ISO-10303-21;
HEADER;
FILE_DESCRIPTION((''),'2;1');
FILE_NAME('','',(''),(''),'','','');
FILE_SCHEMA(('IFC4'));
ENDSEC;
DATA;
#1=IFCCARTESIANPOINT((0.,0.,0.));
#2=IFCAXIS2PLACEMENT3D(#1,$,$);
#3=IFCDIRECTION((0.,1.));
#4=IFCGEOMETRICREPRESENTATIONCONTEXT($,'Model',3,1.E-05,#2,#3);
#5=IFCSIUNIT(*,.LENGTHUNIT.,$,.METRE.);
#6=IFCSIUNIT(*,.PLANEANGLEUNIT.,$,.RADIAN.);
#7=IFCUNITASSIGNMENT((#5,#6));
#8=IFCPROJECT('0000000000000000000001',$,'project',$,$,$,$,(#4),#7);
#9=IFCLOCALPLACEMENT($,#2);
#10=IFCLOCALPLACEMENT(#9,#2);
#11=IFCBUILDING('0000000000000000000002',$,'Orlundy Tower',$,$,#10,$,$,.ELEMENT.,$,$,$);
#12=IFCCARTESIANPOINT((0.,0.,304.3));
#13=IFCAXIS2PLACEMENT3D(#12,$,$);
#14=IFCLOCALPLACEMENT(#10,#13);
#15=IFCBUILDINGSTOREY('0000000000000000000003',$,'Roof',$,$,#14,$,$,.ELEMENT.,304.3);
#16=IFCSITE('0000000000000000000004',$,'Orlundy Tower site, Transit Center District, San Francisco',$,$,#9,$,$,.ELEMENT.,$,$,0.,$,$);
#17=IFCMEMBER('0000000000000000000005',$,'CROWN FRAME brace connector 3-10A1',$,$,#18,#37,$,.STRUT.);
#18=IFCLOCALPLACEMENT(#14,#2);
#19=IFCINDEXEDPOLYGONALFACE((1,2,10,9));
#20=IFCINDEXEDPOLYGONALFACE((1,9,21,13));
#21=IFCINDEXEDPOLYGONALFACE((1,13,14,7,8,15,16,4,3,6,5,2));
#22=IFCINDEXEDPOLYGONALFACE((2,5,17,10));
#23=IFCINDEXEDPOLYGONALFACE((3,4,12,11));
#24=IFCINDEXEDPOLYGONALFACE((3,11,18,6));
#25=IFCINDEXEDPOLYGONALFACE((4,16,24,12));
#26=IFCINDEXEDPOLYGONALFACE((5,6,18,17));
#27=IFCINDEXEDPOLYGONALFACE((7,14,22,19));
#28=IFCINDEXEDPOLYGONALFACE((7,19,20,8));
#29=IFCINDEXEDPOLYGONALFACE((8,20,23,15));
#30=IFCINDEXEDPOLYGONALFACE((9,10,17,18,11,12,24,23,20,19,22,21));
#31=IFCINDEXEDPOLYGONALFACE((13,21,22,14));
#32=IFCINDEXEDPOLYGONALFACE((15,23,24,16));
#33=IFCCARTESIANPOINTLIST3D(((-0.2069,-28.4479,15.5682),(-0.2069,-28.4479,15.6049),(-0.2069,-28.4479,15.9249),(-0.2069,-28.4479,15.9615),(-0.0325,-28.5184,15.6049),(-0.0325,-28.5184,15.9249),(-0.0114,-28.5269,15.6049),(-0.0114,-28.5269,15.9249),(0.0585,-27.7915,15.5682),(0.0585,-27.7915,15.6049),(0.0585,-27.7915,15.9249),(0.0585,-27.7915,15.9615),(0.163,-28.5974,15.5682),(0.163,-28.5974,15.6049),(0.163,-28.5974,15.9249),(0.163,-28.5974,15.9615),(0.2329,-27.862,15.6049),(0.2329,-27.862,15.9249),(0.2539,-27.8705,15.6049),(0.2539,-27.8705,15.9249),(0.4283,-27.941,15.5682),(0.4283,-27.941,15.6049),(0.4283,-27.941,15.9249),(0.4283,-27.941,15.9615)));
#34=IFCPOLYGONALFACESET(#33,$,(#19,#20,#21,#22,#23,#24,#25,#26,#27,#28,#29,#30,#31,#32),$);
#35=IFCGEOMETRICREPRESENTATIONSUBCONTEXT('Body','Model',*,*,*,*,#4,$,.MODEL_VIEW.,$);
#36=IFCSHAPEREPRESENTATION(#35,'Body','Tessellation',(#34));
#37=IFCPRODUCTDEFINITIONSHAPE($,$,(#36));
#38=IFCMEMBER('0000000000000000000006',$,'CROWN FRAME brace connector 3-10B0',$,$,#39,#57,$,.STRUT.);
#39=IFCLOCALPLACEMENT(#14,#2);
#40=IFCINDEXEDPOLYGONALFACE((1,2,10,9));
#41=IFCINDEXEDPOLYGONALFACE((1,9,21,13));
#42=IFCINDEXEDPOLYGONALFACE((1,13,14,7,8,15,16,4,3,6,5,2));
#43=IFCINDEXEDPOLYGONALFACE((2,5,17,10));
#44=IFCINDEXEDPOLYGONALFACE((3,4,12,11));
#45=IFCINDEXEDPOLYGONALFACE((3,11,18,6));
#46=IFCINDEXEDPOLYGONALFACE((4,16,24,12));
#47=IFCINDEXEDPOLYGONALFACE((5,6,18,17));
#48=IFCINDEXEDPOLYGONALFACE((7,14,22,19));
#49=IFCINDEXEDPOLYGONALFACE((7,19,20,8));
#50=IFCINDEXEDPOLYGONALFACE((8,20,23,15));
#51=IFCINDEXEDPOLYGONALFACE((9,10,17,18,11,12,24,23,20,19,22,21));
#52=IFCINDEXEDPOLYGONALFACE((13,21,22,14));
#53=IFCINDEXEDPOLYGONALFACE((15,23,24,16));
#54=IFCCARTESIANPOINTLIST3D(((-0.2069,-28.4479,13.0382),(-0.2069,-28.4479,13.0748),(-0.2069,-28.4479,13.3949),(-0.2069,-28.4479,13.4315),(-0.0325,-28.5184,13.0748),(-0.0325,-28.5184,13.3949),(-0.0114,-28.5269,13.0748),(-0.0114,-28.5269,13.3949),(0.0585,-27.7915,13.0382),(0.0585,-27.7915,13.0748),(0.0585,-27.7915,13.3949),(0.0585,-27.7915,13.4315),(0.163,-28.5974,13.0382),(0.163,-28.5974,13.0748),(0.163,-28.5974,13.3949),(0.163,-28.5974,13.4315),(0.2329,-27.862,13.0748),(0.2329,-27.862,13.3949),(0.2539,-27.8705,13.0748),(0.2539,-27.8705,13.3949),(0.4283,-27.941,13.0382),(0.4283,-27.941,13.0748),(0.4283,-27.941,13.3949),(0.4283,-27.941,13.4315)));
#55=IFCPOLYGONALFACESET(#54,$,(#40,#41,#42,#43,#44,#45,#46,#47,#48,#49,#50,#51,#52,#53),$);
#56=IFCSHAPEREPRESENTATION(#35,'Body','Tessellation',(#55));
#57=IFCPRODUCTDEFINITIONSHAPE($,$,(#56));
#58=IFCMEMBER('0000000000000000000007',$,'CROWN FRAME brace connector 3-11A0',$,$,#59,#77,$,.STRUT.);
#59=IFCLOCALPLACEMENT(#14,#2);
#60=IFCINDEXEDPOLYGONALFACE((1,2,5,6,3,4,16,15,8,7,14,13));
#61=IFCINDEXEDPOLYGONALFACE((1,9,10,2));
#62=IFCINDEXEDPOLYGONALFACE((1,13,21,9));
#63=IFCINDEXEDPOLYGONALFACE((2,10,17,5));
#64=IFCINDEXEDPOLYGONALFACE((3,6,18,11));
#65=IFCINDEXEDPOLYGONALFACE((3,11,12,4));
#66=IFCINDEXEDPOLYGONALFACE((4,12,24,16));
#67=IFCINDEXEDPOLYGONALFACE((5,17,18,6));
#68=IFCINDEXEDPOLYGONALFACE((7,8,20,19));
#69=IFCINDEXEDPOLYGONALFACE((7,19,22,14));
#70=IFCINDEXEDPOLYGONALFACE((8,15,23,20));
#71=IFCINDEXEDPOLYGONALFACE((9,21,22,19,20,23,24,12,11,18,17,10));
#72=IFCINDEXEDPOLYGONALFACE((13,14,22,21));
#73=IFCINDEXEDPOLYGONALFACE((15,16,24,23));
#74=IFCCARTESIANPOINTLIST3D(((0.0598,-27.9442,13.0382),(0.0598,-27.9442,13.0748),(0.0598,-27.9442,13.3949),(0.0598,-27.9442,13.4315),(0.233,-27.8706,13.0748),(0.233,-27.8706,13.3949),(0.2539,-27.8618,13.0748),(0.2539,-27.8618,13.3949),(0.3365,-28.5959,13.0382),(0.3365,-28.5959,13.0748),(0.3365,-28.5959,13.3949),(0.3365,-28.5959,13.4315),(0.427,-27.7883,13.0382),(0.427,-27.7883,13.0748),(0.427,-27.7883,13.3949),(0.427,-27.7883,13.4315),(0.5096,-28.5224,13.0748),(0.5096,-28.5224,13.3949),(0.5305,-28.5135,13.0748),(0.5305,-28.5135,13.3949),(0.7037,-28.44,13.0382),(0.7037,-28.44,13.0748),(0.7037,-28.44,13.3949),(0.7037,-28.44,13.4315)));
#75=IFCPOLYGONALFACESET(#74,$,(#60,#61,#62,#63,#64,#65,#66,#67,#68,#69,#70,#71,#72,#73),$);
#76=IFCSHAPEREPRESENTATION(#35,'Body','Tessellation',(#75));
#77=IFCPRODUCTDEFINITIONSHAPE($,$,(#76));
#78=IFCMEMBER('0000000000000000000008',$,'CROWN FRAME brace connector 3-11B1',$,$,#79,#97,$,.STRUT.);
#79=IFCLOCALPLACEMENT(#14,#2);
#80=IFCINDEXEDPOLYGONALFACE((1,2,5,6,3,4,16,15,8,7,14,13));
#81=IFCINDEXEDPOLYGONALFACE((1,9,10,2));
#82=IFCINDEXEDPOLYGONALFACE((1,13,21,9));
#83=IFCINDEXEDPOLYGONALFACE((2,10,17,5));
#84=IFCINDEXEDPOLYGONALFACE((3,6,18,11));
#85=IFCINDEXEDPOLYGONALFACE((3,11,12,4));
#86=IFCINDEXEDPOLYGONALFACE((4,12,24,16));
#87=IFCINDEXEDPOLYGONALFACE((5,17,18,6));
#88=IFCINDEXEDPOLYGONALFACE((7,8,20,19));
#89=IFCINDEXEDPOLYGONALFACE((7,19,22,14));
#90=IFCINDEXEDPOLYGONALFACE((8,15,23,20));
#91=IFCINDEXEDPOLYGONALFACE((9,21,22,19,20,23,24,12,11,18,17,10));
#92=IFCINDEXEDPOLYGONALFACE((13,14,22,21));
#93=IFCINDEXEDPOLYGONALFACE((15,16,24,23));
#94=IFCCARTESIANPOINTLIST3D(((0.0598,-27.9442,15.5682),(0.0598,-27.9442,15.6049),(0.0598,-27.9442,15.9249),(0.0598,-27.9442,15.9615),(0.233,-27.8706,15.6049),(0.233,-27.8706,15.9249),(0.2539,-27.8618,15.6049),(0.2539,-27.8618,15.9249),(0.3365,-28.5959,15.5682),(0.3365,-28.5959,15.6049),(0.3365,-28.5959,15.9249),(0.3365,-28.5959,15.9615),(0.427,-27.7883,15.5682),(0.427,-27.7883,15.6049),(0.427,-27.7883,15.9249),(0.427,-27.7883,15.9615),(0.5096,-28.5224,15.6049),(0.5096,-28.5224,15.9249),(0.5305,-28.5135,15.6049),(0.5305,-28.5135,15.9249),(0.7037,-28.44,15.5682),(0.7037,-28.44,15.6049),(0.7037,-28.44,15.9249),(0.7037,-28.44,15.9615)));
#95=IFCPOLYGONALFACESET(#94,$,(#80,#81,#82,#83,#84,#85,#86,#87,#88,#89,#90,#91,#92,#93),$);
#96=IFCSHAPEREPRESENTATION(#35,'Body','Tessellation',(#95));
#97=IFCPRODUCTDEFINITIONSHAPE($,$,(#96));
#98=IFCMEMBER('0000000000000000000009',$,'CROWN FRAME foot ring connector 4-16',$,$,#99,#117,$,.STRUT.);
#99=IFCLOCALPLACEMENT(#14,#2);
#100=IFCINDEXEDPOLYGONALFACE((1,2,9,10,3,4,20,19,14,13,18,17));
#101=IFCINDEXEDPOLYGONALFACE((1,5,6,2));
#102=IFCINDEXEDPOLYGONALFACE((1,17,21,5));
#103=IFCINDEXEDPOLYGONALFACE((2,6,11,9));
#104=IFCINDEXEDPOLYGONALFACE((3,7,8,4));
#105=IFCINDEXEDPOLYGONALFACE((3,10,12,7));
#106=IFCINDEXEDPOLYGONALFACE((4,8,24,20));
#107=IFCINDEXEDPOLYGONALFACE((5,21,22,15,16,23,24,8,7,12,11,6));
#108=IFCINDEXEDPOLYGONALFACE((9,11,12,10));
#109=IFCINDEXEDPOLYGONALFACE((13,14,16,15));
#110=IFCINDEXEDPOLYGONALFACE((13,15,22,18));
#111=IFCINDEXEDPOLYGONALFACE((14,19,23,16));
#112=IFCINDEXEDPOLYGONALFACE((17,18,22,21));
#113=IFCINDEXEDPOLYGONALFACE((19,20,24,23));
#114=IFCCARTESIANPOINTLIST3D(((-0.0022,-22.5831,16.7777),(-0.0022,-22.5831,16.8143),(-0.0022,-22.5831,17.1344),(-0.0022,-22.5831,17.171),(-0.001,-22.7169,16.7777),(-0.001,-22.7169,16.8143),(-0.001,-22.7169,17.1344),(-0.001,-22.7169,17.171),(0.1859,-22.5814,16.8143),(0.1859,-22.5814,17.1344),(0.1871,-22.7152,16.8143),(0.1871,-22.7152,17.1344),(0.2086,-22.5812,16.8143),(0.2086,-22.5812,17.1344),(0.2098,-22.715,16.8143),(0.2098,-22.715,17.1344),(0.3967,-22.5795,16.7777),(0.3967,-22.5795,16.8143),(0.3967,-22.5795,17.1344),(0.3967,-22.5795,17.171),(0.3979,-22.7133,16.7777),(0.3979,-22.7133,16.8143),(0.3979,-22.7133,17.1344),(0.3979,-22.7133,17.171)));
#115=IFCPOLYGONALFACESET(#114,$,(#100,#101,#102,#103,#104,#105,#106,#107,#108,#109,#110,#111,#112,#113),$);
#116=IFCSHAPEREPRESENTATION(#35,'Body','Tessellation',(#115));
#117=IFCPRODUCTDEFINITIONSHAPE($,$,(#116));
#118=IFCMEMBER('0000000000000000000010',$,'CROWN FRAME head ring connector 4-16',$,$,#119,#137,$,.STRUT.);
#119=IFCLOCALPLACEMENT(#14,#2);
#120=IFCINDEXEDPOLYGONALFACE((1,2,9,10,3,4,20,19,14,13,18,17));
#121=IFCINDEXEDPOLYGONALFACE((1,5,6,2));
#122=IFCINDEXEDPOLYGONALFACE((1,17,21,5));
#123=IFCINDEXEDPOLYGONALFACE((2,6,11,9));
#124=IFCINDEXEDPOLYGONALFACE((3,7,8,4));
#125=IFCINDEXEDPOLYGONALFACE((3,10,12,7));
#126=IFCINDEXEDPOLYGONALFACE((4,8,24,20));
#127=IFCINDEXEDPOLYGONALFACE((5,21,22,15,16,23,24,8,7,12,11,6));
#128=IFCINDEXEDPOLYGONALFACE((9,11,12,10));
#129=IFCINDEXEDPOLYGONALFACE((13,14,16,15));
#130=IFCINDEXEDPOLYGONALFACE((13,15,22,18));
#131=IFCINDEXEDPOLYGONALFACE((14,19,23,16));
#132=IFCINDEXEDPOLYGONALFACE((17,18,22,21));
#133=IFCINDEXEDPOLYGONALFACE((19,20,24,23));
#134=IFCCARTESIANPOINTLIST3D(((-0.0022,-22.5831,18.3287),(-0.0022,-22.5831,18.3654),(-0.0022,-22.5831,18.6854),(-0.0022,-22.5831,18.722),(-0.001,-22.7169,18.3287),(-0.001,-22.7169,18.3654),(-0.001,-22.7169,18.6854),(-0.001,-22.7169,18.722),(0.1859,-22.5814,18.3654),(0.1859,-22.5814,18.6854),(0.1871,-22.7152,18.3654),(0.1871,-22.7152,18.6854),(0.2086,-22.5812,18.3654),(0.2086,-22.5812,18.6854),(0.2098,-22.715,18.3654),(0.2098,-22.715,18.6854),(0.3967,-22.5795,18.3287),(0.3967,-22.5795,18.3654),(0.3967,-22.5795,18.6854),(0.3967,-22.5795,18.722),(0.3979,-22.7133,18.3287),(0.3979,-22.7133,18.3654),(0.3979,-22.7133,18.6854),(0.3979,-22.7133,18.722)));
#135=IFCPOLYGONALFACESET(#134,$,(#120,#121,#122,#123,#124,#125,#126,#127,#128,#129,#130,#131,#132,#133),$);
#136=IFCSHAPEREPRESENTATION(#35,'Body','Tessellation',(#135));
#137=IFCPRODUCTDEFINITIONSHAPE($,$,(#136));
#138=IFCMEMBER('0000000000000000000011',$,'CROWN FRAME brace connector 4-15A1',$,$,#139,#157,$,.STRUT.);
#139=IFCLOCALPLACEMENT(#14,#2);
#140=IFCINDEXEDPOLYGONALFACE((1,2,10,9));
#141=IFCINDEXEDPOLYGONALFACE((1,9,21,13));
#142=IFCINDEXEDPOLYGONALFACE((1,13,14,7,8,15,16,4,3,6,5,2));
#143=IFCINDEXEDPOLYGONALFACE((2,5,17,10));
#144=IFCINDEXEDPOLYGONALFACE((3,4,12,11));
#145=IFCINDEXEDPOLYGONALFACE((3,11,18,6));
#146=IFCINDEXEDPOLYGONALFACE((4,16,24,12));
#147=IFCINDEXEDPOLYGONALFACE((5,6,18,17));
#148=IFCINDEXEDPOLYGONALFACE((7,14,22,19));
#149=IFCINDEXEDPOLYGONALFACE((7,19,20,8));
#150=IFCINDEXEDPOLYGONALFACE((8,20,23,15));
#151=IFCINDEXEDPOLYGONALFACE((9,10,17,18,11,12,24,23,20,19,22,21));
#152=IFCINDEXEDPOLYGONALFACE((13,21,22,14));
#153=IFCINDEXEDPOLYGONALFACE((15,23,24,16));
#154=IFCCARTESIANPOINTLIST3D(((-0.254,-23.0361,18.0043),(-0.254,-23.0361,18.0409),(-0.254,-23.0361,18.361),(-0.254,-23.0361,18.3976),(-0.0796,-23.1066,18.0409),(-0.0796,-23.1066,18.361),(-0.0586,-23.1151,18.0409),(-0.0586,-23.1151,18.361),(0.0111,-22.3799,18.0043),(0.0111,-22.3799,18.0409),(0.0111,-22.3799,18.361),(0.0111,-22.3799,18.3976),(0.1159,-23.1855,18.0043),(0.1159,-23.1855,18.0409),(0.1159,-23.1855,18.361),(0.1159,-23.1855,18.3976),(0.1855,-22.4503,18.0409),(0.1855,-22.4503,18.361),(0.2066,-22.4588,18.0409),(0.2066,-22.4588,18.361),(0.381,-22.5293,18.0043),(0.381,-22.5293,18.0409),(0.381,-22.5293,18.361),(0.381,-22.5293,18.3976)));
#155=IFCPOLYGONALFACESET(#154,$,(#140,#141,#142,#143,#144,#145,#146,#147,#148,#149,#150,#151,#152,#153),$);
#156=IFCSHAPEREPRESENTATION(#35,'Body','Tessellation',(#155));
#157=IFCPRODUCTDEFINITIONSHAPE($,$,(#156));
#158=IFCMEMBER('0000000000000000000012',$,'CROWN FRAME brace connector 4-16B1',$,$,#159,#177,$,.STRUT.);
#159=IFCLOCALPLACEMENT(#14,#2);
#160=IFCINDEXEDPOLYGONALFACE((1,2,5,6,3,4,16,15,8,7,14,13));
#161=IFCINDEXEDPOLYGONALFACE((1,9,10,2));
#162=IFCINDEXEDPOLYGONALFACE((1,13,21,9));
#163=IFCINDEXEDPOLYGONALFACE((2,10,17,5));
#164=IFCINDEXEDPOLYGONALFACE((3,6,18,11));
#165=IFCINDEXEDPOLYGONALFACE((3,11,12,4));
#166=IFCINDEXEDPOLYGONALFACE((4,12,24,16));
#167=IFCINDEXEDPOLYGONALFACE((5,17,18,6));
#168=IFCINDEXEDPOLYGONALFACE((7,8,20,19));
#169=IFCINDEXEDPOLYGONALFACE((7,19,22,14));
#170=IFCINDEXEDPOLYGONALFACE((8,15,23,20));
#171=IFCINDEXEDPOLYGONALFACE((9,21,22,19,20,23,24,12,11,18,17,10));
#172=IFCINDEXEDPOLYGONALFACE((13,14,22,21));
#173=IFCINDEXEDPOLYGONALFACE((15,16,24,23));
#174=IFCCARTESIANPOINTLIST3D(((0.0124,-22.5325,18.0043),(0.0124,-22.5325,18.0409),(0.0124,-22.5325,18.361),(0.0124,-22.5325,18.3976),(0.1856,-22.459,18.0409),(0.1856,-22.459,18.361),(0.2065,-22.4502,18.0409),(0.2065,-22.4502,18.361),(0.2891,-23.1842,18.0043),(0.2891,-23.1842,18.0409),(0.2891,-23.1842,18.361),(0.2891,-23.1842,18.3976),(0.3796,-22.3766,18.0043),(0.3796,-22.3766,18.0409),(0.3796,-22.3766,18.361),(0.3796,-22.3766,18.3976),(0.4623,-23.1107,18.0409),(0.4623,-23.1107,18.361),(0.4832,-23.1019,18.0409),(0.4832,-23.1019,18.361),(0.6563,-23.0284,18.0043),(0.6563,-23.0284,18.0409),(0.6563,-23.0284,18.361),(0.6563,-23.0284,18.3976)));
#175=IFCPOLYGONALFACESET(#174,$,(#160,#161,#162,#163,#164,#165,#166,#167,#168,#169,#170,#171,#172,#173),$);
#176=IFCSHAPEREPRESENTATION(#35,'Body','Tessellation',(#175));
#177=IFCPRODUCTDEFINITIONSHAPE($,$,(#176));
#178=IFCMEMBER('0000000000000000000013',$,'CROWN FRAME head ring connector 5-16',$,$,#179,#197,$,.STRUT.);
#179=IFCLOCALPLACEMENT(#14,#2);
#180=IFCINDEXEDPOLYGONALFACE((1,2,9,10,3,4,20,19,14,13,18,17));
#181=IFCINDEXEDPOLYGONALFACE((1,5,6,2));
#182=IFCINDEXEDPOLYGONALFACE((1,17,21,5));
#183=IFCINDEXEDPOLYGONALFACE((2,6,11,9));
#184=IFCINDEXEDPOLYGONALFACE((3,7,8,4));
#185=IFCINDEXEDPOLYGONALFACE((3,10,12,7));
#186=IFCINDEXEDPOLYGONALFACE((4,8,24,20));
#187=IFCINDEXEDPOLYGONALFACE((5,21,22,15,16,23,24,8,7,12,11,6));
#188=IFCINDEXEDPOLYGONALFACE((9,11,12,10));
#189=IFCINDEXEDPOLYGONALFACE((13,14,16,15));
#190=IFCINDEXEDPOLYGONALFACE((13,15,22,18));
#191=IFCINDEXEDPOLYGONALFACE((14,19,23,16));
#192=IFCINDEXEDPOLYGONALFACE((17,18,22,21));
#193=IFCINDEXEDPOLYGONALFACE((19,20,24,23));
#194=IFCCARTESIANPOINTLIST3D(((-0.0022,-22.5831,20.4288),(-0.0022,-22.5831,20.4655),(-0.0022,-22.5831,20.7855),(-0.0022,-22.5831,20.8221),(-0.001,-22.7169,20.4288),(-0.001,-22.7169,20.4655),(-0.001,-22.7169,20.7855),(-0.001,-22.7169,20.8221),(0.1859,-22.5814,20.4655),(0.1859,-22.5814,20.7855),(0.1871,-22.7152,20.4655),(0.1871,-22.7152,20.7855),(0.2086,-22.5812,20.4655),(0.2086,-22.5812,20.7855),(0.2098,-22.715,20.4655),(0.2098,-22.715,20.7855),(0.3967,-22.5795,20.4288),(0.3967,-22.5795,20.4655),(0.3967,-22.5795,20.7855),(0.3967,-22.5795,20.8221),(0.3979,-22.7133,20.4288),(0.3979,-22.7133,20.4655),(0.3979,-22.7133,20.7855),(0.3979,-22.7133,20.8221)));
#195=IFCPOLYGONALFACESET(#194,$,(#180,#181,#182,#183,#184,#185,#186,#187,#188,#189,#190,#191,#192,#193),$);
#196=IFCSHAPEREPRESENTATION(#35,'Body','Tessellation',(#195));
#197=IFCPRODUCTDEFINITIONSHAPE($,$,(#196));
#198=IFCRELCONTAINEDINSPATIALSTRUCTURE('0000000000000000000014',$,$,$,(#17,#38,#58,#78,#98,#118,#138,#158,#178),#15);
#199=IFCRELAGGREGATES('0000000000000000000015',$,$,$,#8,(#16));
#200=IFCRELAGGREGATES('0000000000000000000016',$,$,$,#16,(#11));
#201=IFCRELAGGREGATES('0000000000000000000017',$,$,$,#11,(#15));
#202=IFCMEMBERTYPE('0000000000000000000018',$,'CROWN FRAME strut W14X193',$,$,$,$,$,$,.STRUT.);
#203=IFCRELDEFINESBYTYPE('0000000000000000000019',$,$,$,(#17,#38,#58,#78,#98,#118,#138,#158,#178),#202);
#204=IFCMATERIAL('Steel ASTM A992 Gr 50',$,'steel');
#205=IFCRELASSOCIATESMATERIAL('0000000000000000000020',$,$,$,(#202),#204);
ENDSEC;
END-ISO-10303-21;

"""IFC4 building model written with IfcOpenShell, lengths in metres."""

from ifc_helpers import new_model, si_unit, direction, frame, origin, origin_2d, place, context, subcontext, project, spatial, i_section, extrude, material, material_profile, profile_set, type_object, element, save


model = new_model("IFC4")

# Units and contexts
model_context = context("Model", 3, precision=1e-05, world=origin(), true_north=direction((0.0, 1.0)))
body_context = subcontext(model_context, "Body", "Model", "MODEL_VIEW")
ifc_project = project(units=[si_unit("LENGTHUNIT", "METRE"), si_unit("PLANEANGLEUNIT", "RADIAN")], contexts=[model_context])

# Site, building, storey
site_placement = place(None, origin())
site = spatial("IfcSite", under=ifc_project, at=site_placement, Name="Orlundy Tower site, Transit Center District, San Francisco", CompositionType="ELEMENT", RefElevation=0.0)
building_placement = place(site_placement, origin())
building = spatial("IfcBuilding", under=site, at=building_placement, Name="Orlundy Tower", CompositionType="ELEMENT")
storey_placement = place(building_placement, frame((0.0, 0.0, 304.3)))
storey = spatial("IfcBuildingStorey", under=building, at=storey_placement, Name="Roof", CompositionType="ELEMENT", Elevation=304.3)

# Members
ifc_material_1 = material(Name="Steel ASTM A992 Gr 50", Category="steel")
ifc_material_profile_1 = material_profile(ifc_material_1, i_section(OverallWidth=0.3989, OverallDepth=0.3933, WebThickness=0.0227, FlangeThickness=0.0366, at=origin_2d()), Name="W14X193")
ifc_profile_set_1 = profile_set([ifc_material_profile_1], Name="Steel ASTM A992 Gr 50")
member_type = type_object("IfcMemberType", Name="CROWN FRAME strut W14X193", PredefinedType="STRUT", material=ifc_profile_set_1)
for number, where, z_axis, x_axis, name in (
    (1, (0.2434, -27.8662, 15.7649), (-0.374777, -0.927115, 0.0), (0.927115, -0.374777, 0.0), "CROWN FRAME brace connector 3-10A1"),
    (2, (0.2434, -27.8662, 13.2349), (-0.374777, -0.927115, 0.0), (0.927115, -0.374777, 0.0), "CROWN FRAME brace connector 3-10B0"),
    (3, (0.2434, -27.8662, 13.2349), (0.390754, -0.920495, 0.0), (0.920495, 0.390754, 0.0), "CROWN FRAME brace connector 3-11A0"),
    (4, (0.2434, -27.8662, 15.7649), (0.390754, -0.920495, 0.0), (0.920495, 0.390754, 0.0), "CROWN FRAME brace connector 3-11B1"),
):
    element("IfcMember", number, at=place(storey_placement, frame(where, z_axis=z_axis, x_axis=x_axis)), inside=storey, type_object=member_type, Name=name, PredefinedType="STRUT", context=body_context, shape_type="SweptSolid", body=[
        extrude(i_section(OverallWidth=0.3989, OverallDepth=0.3933, WebThickness=0.0227, FlangeThickness=0.0366, at=origin_2d()), origin(), (0.0, 0.0, 1.0), 0.708),
    ])
for number, where, z_axis, x_axis, name in (
    (5, (0.1973, -22.5813, 16.9744), (0.009124, -0.999958, 0.0), (0.999958, 0.009124, 0.0), "CROWN FRAME foot ring connector 4-16"),
    (6, (0.1973, -22.5813, 18.5254), (0.009124, -0.999958, 0.0), (0.999958, 0.009124, 0.0), "CROWN FRAME head ring connector 4-16"),
):
    element("IfcMember", number, at=place(storey_placement, frame(where, z_axis=z_axis, x_axis=x_axis)), inside=storey, type_object=member_type, Name=name, PredefinedType="STRUT", context=body_context, shape_type="SweptSolid", body=[
        extrude(i_section(OverallWidth=0.3989, OverallDepth=0.3933, WebThickness=0.0227, FlangeThickness=0.0366, at=origin_2d()), origin(), (0.0, 0.0, 1.0), 0.1338),
    ])
member_1_placement = place(storey_placement, frame((0.196, -22.4546, 18.2009), z_axis=(-0.3746, -0.927187, 0.0), x_axis=(0.927187, -0.3746, 0.0)))
element("IfcMember", 7, at=member_1_placement, inside=storey, type_object=member_type, Name="CROWN FRAME brace connector 4-15A1", PredefinedType="STRUT", context=body_context, shape_type="SweptSolid", body=[
    extrude(i_section(OverallWidth=0.3989, OverallDepth=0.3933, WebThickness=0.0227, FlangeThickness=0.0366, at=origin_2d()), origin(), (0.0, 0.0, 1.0), 0.7078),
])
member_2_placement = place(storey_placement, frame((0.196, -22.4546, 18.2009), z_axis=(0.390754, -0.920495, 0.0), x_axis=(0.920495, 0.390754, 0.0)))
element("IfcMember", 8, at=member_2_placement, inside=storey, type_object=member_type, Name="CROWN FRAME brace connector 4-16B1", PredefinedType="STRUT", context=body_context, shape_type="SweptSolid", body=[
    extrude(i_section(OverallWidth=0.3989, OverallDepth=0.3933, WebThickness=0.0227, FlangeThickness=0.0366, at=origin_2d()), origin(), (0.0, 0.0, 1.0), 0.708),
])
member_3_placement = place(storey_placement, frame((0.1973, -22.5813, 20.6255), z_axis=(0.009124, -0.999958, 0.0), x_axis=(0.999958, 0.009124, 0.0)))
element("IfcMember", 9, at=member_3_placement, inside=storey, type_object=member_type, Name="CROWN FRAME head ring connector 5-16", PredefinedType="STRUT", context=body_context, shape_type="SweptSolid", body=[
    extrude(i_section(OverallWidth=0.3989, OverallDepth=0.3933, WebThickness=0.0227, FlangeThickness=0.0366, at=origin_2d()), origin(), (0.0, 0.0, 1.0), 0.1338),
])

save(model, "model.ifc")
